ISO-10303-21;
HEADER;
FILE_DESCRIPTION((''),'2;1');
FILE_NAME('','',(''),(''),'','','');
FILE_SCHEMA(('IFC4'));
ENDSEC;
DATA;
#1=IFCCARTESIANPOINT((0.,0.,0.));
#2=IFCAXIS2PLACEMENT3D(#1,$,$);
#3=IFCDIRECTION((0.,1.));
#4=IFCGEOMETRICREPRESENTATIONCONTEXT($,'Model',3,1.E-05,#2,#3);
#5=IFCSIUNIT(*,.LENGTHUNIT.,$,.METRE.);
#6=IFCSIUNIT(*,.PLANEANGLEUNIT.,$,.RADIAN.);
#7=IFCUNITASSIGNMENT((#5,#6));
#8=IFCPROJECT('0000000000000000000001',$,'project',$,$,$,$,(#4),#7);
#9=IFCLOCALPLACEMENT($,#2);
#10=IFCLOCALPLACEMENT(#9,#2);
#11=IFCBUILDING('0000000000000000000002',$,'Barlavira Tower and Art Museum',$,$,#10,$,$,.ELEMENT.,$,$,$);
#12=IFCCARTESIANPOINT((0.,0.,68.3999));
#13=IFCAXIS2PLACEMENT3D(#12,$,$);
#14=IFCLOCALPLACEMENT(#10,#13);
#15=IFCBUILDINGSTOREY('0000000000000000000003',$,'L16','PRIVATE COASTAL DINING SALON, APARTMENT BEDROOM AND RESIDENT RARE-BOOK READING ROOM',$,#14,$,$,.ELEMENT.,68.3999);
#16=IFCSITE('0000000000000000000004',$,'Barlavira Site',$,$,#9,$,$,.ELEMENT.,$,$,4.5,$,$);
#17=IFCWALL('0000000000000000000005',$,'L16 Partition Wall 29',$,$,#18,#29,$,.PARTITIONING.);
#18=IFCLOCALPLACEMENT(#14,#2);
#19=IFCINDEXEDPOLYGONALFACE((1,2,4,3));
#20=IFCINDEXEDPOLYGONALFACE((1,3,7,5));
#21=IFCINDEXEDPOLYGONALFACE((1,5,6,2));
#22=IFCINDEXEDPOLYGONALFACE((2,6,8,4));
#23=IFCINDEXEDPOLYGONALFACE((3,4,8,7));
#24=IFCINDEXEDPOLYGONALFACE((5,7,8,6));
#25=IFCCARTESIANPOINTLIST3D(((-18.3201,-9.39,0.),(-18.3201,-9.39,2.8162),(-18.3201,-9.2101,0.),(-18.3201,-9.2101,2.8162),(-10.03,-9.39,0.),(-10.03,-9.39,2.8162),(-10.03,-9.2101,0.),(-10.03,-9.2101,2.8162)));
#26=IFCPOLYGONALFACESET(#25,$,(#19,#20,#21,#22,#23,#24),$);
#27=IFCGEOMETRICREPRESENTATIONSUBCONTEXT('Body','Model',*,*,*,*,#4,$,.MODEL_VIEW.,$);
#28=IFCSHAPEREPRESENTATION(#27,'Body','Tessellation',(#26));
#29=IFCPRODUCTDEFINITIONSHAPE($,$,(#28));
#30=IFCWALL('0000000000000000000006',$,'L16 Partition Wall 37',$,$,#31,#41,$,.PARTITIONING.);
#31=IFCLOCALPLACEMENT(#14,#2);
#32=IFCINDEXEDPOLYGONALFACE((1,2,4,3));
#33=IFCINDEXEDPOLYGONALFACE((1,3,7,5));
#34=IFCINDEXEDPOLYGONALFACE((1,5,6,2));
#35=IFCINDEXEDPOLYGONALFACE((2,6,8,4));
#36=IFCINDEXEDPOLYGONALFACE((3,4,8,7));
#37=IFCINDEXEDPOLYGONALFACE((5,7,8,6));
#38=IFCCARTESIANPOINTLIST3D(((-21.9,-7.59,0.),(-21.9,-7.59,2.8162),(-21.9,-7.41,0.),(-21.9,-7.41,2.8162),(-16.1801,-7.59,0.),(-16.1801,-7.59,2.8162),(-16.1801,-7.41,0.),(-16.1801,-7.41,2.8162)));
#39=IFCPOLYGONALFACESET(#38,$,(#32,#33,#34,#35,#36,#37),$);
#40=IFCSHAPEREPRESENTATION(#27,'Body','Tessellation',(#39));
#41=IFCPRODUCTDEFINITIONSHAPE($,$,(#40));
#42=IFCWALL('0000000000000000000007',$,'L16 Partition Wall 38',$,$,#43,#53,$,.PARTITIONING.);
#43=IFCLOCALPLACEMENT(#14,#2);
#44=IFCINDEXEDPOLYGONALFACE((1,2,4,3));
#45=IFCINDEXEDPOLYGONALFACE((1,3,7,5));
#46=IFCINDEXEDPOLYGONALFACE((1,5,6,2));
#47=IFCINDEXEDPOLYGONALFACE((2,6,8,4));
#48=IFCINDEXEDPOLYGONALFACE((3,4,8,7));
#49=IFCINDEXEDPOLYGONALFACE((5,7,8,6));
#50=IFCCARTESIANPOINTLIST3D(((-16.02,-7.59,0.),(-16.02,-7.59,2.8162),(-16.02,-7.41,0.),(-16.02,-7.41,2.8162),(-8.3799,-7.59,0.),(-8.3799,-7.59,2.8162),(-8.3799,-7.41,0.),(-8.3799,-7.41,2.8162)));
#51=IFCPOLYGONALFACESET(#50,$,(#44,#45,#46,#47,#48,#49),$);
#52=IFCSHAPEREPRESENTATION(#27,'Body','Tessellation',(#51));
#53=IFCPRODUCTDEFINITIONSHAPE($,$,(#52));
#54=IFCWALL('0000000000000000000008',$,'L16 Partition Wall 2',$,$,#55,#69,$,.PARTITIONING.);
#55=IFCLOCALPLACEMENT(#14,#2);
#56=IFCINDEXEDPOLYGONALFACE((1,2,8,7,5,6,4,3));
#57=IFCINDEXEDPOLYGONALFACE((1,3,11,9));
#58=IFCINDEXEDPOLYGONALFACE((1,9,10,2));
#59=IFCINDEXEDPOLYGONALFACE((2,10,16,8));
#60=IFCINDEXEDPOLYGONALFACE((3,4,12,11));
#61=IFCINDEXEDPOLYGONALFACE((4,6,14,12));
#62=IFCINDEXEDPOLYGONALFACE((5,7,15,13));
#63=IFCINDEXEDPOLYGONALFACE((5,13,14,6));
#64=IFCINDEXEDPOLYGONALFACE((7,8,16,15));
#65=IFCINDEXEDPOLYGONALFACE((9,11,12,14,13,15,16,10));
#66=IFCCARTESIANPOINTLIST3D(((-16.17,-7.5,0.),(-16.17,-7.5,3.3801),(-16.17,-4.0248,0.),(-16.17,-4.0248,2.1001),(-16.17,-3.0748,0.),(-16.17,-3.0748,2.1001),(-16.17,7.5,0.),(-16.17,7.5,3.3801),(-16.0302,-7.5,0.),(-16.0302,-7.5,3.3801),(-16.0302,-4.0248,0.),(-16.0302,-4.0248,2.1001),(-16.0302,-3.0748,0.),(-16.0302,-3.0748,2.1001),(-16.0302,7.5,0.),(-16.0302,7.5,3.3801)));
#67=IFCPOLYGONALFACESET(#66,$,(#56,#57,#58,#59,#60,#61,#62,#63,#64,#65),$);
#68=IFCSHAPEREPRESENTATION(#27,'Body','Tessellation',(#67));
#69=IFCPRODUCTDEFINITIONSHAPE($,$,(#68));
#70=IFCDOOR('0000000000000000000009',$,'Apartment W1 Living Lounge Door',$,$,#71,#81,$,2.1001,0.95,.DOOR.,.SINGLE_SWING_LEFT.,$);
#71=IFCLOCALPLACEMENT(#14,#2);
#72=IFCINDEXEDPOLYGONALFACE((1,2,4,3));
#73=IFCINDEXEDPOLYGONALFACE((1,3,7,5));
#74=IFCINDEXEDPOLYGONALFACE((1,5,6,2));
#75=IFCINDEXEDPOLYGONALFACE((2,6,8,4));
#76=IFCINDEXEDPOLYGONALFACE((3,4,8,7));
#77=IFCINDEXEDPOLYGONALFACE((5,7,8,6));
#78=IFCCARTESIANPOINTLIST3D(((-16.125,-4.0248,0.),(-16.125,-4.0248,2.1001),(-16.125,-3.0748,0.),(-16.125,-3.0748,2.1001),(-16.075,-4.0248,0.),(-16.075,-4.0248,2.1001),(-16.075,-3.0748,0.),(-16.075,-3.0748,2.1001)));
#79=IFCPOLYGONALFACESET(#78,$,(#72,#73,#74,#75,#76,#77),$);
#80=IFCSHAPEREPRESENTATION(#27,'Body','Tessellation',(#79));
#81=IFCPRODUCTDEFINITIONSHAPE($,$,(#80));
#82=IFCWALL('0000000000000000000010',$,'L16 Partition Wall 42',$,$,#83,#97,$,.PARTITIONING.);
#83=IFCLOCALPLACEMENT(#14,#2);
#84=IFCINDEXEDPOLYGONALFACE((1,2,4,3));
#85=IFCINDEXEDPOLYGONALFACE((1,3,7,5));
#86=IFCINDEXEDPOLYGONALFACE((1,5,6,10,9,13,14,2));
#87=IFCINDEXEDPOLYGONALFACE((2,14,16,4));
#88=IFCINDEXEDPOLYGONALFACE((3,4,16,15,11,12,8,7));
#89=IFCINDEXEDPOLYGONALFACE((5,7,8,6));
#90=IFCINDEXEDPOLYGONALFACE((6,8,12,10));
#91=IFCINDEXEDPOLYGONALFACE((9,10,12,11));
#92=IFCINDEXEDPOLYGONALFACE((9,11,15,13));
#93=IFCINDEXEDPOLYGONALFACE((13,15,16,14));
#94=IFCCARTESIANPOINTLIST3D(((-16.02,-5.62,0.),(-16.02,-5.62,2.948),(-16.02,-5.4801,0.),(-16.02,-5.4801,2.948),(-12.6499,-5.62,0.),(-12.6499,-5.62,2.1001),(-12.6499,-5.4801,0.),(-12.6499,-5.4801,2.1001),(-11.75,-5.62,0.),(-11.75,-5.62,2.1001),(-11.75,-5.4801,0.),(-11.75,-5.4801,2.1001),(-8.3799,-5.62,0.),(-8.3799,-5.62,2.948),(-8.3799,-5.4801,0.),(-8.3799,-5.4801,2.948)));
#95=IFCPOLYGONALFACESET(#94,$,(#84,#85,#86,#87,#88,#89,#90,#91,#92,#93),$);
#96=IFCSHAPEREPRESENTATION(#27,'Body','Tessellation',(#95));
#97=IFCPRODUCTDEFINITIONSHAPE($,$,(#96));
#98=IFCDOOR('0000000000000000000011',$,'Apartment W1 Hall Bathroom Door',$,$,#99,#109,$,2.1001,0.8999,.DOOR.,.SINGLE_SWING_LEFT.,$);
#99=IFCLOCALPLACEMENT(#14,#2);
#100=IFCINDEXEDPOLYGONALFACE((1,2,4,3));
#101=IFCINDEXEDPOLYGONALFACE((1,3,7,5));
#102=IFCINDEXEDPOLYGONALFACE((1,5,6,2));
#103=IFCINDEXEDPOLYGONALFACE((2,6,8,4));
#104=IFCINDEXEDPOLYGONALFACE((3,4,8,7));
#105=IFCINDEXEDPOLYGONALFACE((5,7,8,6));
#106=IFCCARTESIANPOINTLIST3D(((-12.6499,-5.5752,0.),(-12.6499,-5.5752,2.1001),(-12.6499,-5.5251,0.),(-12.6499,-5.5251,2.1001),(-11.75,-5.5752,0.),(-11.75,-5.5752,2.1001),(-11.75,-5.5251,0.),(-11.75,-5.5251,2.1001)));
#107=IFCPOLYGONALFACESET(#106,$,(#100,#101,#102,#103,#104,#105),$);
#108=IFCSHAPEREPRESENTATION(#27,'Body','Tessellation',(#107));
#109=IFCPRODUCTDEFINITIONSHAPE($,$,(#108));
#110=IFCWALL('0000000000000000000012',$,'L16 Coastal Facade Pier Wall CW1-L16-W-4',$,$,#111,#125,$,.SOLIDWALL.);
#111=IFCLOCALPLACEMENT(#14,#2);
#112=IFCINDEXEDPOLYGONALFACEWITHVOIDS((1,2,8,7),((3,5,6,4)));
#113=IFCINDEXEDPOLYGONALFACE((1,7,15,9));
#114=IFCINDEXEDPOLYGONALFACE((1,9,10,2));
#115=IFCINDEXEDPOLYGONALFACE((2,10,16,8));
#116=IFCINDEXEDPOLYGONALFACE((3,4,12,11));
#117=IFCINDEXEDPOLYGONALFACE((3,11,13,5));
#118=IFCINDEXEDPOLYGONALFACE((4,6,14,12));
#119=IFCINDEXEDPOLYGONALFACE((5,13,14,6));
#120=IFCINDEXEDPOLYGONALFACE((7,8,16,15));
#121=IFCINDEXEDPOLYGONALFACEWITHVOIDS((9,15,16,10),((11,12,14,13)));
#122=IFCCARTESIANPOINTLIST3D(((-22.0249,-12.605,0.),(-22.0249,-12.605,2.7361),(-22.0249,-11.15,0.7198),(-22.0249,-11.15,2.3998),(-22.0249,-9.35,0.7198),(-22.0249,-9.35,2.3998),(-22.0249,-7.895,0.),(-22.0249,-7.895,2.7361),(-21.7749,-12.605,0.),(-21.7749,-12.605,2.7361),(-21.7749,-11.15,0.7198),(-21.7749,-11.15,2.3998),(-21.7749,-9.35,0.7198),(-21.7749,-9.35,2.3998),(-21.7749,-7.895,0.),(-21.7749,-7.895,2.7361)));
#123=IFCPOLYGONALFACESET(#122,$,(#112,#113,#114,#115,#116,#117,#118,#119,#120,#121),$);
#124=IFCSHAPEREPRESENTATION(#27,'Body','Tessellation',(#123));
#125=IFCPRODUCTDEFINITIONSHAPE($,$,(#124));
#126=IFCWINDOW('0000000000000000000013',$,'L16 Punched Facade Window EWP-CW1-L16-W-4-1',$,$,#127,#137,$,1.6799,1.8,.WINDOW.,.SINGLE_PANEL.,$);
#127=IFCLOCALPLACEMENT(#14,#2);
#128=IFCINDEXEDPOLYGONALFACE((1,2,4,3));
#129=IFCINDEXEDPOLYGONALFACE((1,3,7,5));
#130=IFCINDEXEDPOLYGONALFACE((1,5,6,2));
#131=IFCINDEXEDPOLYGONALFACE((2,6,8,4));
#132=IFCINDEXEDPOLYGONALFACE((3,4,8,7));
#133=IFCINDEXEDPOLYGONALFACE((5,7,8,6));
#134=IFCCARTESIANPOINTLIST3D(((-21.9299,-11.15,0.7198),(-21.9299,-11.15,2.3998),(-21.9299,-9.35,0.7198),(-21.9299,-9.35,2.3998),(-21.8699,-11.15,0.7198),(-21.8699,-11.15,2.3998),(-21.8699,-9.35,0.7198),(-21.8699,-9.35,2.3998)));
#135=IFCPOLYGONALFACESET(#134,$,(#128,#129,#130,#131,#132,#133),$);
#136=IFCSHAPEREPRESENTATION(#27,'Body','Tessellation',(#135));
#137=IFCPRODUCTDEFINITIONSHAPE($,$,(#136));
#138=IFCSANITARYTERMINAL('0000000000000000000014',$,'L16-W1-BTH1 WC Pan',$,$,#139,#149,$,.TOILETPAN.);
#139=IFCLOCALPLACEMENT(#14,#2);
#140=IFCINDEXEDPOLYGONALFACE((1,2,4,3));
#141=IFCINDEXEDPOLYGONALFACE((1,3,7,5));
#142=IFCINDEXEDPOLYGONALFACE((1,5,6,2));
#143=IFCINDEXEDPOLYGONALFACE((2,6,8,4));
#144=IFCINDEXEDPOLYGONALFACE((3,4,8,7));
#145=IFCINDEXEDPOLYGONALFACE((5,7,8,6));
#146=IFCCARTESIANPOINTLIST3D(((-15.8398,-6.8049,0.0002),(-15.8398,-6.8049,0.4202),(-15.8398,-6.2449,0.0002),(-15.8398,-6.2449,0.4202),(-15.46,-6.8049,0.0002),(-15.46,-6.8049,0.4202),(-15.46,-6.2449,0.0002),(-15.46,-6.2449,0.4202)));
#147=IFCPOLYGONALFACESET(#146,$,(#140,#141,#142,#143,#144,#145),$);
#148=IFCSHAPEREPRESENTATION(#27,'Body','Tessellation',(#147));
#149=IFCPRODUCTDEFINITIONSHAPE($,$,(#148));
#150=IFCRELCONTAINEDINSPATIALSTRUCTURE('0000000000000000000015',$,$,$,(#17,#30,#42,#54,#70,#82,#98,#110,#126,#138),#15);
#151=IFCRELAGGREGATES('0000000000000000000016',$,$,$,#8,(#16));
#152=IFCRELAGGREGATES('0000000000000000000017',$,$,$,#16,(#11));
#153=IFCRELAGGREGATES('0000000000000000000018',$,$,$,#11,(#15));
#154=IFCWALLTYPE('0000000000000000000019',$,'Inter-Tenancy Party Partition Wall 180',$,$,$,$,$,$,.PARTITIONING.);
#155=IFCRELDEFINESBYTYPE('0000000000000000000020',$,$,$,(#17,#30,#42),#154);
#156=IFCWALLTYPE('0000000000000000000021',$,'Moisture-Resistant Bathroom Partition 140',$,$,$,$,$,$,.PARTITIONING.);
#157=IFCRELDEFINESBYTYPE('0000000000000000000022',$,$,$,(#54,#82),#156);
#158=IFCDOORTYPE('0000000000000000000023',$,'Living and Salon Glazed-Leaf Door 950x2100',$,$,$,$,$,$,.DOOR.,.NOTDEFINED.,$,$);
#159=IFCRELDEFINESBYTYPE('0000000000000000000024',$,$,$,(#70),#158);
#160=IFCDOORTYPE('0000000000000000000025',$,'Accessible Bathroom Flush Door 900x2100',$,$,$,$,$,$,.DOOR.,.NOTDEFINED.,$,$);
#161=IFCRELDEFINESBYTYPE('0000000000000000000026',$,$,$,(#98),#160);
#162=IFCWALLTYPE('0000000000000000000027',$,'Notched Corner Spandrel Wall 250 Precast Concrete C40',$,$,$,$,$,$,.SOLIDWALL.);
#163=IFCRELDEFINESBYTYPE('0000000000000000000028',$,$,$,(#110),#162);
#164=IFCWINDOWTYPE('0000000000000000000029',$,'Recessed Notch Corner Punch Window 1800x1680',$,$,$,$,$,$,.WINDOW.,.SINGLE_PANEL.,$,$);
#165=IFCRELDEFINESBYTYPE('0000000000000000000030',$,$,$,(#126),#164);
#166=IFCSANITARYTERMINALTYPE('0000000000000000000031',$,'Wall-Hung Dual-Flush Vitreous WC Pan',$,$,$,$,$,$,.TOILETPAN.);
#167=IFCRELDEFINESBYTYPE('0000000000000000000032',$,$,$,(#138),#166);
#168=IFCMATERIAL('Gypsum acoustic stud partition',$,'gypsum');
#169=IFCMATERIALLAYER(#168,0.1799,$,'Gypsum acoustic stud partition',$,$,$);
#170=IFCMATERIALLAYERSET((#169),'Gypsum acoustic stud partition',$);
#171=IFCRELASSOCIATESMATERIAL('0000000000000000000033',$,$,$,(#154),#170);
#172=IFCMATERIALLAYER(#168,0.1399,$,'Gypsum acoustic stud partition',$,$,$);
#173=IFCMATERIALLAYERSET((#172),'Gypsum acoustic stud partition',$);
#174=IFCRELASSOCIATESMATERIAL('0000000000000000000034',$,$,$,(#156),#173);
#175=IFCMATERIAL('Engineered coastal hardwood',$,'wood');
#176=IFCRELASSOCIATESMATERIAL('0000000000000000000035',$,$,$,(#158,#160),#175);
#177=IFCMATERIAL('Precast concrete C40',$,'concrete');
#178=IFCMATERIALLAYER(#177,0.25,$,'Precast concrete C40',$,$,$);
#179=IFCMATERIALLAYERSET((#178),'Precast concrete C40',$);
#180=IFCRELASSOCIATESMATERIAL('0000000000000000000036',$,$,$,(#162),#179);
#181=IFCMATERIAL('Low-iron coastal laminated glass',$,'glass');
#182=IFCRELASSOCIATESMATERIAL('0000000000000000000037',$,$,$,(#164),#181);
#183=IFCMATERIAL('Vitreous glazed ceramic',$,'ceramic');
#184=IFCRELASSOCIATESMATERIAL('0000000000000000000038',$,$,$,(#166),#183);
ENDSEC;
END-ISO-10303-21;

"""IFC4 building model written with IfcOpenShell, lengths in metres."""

from ifc_helpers import new_model, si_unit, direction, frame, frame_2d, origin, origin_2d, place, context, subcontext, project, spatial, rectangle, extrude, material, layer, layer_set, type_object, element, fill, save


model = new_model("IFC4")

# Units and contexts
model_context = context("Model", 3, precision=1e-05, world=origin(), true_north=direction((0.0, 1.0)))
body_context = subcontext(model_context, "Body", "Model", "MODEL_VIEW")
ifc_project = project(units=[si_unit("LENGTHUNIT", "METRE"), si_unit("PLANEANGLEUNIT", "RADIAN")], contexts=[model_context])

# Site, building, storey
site_placement = place(None, origin())
site = spatial("IfcSite", under=ifc_project, at=site_placement, Name="Barlavira Site", CompositionType="ELEMENT", RefElevation=4.5)
building_placement = place(site_placement, origin())
building = spatial("IfcBuilding", under=site, at=building_placement, Name="Barlavira Tower and Art Museum", CompositionType="ELEMENT")
storey_placement = place(building_placement, frame((0.0, 0.0, 68.3999)))
storey = spatial("IfcBuildingStorey", under=building, at=storey_placement, Name="L16", Description="PRIVATE COASTAL DINING SALON, APARTMENT BEDROOM AND RESIDENT RARE-BOOK READING ROOM", CompositionType="ELEMENT", Elevation=68.3999)

# Shared definitions
ifc_material_1 = material(Name="Low-iron coastal laminated glass", Category="glass")

# Walls
ifc_material_2 = material(Name="Gypsum acoustic stud partition", Category="gypsum")
ifc_layer_1 = layer(ifc_material_2, 0.1799, Name="Gypsum acoustic stud partition")
ifc_layer_set_1 = layer_set([ifc_layer_1], Name="Gypsum acoustic stud partition")
wall_type_1 = type_object("IfcWallType", Name="Inter-Tenancy Party Partition Wall 180", PredefinedType="PARTITIONING", material=ifc_layer_set_1)
wall_1_placement = place(storey_placement, frame((-18.3201, -9.3, 0.0), z_axis=(0.0, 0.0, 1.0), x_axis=(1.0, 0.0, 0.0)))
element("IfcWall", 1, at=wall_1_placement, inside=storey, type_object=wall_type_1, Name="L16 Partition Wall 29", PredefinedType="PARTITIONING", context=body_context, shape_type="SweptSolid", body=[
    extrude(rectangle(XDim=8.29, YDim=0.1799, at=frame_2d((4.145, 0.0))), origin(), (0.0, 0.0, 1.0), 2.8162),
])
wall_2_placement = place(storey_placement, frame((-21.8999, -7.5, 0.0), z_axis=(0.0, 0.0, 1.0), x_axis=(1.0, 0.0, 0.0)))
element("IfcWall", 2, at=wall_2_placement, inside=storey, type_object=wall_type_1, Name="L16 Partition Wall 37", PredefinedType="PARTITIONING", context=body_context, shape_type="SweptSolid", body=[
    extrude(rectangle(XDim=5.72, YDim=0.1799, at=frame_2d((2.8599, 0.0))), origin(), (0.0, 0.0, 1.0), 2.8162),
])
wall_3_placement = place(storey_placement, frame((-16.02, -7.5, 0.0), z_axis=(0.0, 0.0, 1.0), x_axis=(1.0, 0.0, 0.0)))
element("IfcWall", 3, at=wall_3_placement, inside=storey, type_object=wall_type_1, Name="L16 Partition Wall 38", PredefinedType="PARTITIONING", context=body_context, shape_type="SweptSolid", body=[
    extrude(rectangle(XDim=7.6401, YDim=0.1799, at=frame_2d((3.8201, 0.0))), origin(), (0.0, 0.0, 1.0), 2.8162),
])

# Walls, openings, doors
ifc_layer_2 = layer(ifc_material_2, 0.1399, Name="Gypsum acoustic stud partition")
ifc_layer_set_2 = layer_set([ifc_layer_2], Name="Gypsum acoustic stud partition")
wall_type_2 = type_object("IfcWallType", Name="Moisture-Resistant Bathroom Partition 140", PredefinedType="PARTITIONING", material=ifc_layer_set_2)
wall_4_placement = place(storey_placement, frame((-16.1001, -7.5, 0.0), z_axis=(0.0, 0.0, 1.0), x_axis=(0.0, 1.0, 0.0)))
wall_4 = element("IfcWall", 4, at=wall_4_placement, inside=storey, type_object=wall_type_2, Name="L16 Partition Wall 2", PredefinedType="PARTITIONING", context=body_context, shape_type="SweptSolid", body=[
    extrude(rectangle(XDim=15.0, YDim=0.1399, at=frame_2d((7.5, 0.0))), origin(), (0.0, 0.0, 1.0), 3.3801),
])
opening_1_placement = place(wall_4_placement, frame((3.4751, 0.0, 0.0)))
opening_1 = element("IfcOpeningElement", 5, at=opening_1_placement, cuts=wall_4, PredefinedType="OPENING", context=body_context, shape_type="SweptSolid", body=[
    extrude(rectangle(XDim=0.95, YDim=2.1001, at=frame_2d((0.4751, 1.05))), frame((0.0, 0.0801, 0.0), z_axis=(0.0, -1.0, 0.0), x_axis=(1.0, 0.0, 0.0)), (0.0, 0.0, 1.0), 0.1599),
])
ifc_material_3 = material(Name="Engineered coastal hardwood", Category="wood")
door_type_1 = type_object("IfcDoorType", Name="Living and Salon Glazed-Leaf Door 950x2100", OperationType="NOTDEFINED", PredefinedType="DOOR", material=ifc_material_3)
door_1_placement = place(opening_1_placement, origin())
door_1 = element("IfcDoor", 6, at=door_1_placement, inside=storey, type_object=door_type_1, Name="Apartment W1 Living Lounge Door", OperationType="SINGLE_SWING_LEFT", OverallHeight=2.1001, OverallWidth=0.95, PredefinedType="DOOR", context=body_context, shape_type="SweptSolid", body=[
    extrude(rectangle(XDim=0.95, YDim=2.1001, at=frame_2d((0.4751, 1.05))), frame((0.0, 0.0249, 0.0), z_axis=(0.0, -1.0, 0.0), x_axis=(1.0, 0.0, 0.0)), (0.0, 0.0, 1.0), 0.05),
])
fill(opening_1, door_1)
wall_5_placement = place(storey_placement, frame((-16.02, -5.55, 0.0), z_axis=(0.0, 0.0, 1.0), x_axis=(1.0, 0.0, 0.0)))
wall_5 = element("IfcWall", 7, at=wall_5_placement, inside=storey, type_object=wall_type_2, Name="L16 Partition Wall 42", PredefinedType="PARTITIONING", context=body_context, shape_type="SweptSolid", body=[
    extrude(rectangle(XDim=7.6401, YDim=0.1399, at=frame_2d((3.8201, 0.0))), origin(), (0.0, 0.0, 1.0), 2.948),
])
opening_2_placement = place(wall_5_placement, frame((3.3701, 0.0, 0.0)))
opening_2 = element("IfcOpeningElement", 8, at=opening_2_placement, cuts=wall_5, PredefinedType="OPENING", context=body_context, shape_type="SweptSolid", body=[
    extrude(rectangle(XDim=0.8999, YDim=2.1001, at=frame_2d((0.45, 1.05))), frame((0.0, 0.0801, 0.0), z_axis=(0.0, -1.0, 0.0), x_axis=(1.0, 0.0, 0.0)), (0.0, 0.0, 1.0), 0.1599),
])
door_type_2 = type_object("IfcDoorType", Name="Accessible Bathroom Flush Door 900x2100", OperationType="NOTDEFINED", PredefinedType="DOOR", material=ifc_material_3)
door_2_placement = place(opening_2_placement, origin())
door_2 = element("IfcDoor", 9, at=door_2_placement, inside=storey, type_object=door_type_2, Name="Apartment W1 Hall Bathroom Door", OperationType="SINGLE_SWING_LEFT", OverallHeight=2.1001, OverallWidth=0.8999, PredefinedType="DOOR", context=body_context, shape_type="SweptSolid", body=[
    extrude(rectangle(XDim=0.8999, YDim=2.1001, at=frame_2d((0.45, 1.05))), frame((0.0, 0.0249, 0.0), z_axis=(0.0, -1.0, 0.0), x_axis=(1.0, 0.0, 0.0)), (0.0, 0.0, 1.0), 0.05),
])
fill(opening_2, door_2)

# Wall, opening, window
ifc_material_4 = material(Name="Precast concrete C40", Category="concrete")
ifc_layer_3 = layer(ifc_material_4, 0.25, Name="Precast concrete C40")
ifc_layer_set_3 = layer_set([ifc_layer_3], Name="Precast concrete C40")
wall_type_3 = type_object("IfcWallType", Name="Notched Corner Spandrel Wall 250 Precast Concrete C40", PredefinedType="SOLIDWALL", material=ifc_layer_set_3)
wall_6_placement = place(storey_placement, frame((-21.8999, -7.895, 0.0), z_axis=(0.0, 0.0, 1.0), x_axis=(0.0, -1.0, 0.0)))
wall_6 = element("IfcWall", 10, at=wall_6_placement, inside=storey, type_object=wall_type_3, Name="L16 Coastal Facade Pier Wall CW1-L16-W-4", PredefinedType="SOLIDWALL", context=body_context, shape_type="SweptSolid", body=[
    extrude(rectangle(XDim=4.71, YDim=0.25, at=frame_2d((2.355, 0.0))), origin(), (0.0, 0.0, 1.0), 2.7361),
])
opening_3_placement = place(wall_6_placement, frame((1.4551, 0.0, 0.72)))
opening_3 = element("IfcOpeningElement", 11, at=opening_3_placement, cuts=wall_6, PredefinedType="OPENING", context=body_context, shape_type="SweptSolid", body=[
    extrude(rectangle(XDim=1.8, YDim=1.6799, at=frame_2d((0.8999, 0.8398))), frame((0.0, 0.135, 0.0), z_axis=(0.0, -1.0, 0.0), x_axis=(1.0, 0.0, 0.0)), (0.0, 0.0, 1.0), 0.27),
])
window_type = type_object("IfcWindowType", Name="Recessed Notch Corner Punch Window 1800x1680", PartitioningType="SINGLE_PANEL", PredefinedType="WINDOW", material=ifc_material_1)
window_placement = place(opening_3_placement, origin())
window = element("IfcWindow", 12, at=window_placement, inside=storey, type_object=window_type, Name="L16 Punched Facade Window EWP-CW1-L16-W-4-1", OverallHeight=1.6799, OverallWidth=1.8, PartitioningType="SINGLE_PANEL", PredefinedType="WINDOW", context=body_context, shape_type="SweptSolid", body=[
    extrude(rectangle(XDim=1.8, YDim=1.6799, at=frame_2d((0.8999, 0.8398))), frame((0.0, 0.03, 0.0), z_axis=(0.0, -1.0, 0.0), x_axis=(1.0, 0.0, 0.0)), (0.0, 0.0, 1.0), 0.0601),
])
fill(opening_3, window)

# Sanitary terminal
ifc_material_5 = material(Name="Vitreous glazed ceramic", Category="ceramic")
sanitary_terminal_type = type_object("IfcSanitaryTerminalType", Name="Wall-Hung Dual-Flush Vitreous WC Pan", PredefinedType="TOILETPAN", material=ifc_material_5)
sanitary_terminal_placement = place(storey_placement, frame((-15.6499, -6.5249, 0.0002), z_axis=(0.0, 0.0, 1.0), x_axis=(1.0, 0.0, 0.0)))
element("IfcSanitaryTerminal", 13, at=sanitary_terminal_placement, inside=storey, type_object=sanitary_terminal_type, Name="L16-W1-BTH1 WC Pan", PredefinedType="TOILETPAN", context=body_context, shape_type="SweptSolid", body=[
    extrude(rectangle(XDim=0.3799, YDim=0.5601, at=origin_2d()), origin(), (0.0, 0.0, 1.0), 0.4199),
])

save(model, "model.ifc")
